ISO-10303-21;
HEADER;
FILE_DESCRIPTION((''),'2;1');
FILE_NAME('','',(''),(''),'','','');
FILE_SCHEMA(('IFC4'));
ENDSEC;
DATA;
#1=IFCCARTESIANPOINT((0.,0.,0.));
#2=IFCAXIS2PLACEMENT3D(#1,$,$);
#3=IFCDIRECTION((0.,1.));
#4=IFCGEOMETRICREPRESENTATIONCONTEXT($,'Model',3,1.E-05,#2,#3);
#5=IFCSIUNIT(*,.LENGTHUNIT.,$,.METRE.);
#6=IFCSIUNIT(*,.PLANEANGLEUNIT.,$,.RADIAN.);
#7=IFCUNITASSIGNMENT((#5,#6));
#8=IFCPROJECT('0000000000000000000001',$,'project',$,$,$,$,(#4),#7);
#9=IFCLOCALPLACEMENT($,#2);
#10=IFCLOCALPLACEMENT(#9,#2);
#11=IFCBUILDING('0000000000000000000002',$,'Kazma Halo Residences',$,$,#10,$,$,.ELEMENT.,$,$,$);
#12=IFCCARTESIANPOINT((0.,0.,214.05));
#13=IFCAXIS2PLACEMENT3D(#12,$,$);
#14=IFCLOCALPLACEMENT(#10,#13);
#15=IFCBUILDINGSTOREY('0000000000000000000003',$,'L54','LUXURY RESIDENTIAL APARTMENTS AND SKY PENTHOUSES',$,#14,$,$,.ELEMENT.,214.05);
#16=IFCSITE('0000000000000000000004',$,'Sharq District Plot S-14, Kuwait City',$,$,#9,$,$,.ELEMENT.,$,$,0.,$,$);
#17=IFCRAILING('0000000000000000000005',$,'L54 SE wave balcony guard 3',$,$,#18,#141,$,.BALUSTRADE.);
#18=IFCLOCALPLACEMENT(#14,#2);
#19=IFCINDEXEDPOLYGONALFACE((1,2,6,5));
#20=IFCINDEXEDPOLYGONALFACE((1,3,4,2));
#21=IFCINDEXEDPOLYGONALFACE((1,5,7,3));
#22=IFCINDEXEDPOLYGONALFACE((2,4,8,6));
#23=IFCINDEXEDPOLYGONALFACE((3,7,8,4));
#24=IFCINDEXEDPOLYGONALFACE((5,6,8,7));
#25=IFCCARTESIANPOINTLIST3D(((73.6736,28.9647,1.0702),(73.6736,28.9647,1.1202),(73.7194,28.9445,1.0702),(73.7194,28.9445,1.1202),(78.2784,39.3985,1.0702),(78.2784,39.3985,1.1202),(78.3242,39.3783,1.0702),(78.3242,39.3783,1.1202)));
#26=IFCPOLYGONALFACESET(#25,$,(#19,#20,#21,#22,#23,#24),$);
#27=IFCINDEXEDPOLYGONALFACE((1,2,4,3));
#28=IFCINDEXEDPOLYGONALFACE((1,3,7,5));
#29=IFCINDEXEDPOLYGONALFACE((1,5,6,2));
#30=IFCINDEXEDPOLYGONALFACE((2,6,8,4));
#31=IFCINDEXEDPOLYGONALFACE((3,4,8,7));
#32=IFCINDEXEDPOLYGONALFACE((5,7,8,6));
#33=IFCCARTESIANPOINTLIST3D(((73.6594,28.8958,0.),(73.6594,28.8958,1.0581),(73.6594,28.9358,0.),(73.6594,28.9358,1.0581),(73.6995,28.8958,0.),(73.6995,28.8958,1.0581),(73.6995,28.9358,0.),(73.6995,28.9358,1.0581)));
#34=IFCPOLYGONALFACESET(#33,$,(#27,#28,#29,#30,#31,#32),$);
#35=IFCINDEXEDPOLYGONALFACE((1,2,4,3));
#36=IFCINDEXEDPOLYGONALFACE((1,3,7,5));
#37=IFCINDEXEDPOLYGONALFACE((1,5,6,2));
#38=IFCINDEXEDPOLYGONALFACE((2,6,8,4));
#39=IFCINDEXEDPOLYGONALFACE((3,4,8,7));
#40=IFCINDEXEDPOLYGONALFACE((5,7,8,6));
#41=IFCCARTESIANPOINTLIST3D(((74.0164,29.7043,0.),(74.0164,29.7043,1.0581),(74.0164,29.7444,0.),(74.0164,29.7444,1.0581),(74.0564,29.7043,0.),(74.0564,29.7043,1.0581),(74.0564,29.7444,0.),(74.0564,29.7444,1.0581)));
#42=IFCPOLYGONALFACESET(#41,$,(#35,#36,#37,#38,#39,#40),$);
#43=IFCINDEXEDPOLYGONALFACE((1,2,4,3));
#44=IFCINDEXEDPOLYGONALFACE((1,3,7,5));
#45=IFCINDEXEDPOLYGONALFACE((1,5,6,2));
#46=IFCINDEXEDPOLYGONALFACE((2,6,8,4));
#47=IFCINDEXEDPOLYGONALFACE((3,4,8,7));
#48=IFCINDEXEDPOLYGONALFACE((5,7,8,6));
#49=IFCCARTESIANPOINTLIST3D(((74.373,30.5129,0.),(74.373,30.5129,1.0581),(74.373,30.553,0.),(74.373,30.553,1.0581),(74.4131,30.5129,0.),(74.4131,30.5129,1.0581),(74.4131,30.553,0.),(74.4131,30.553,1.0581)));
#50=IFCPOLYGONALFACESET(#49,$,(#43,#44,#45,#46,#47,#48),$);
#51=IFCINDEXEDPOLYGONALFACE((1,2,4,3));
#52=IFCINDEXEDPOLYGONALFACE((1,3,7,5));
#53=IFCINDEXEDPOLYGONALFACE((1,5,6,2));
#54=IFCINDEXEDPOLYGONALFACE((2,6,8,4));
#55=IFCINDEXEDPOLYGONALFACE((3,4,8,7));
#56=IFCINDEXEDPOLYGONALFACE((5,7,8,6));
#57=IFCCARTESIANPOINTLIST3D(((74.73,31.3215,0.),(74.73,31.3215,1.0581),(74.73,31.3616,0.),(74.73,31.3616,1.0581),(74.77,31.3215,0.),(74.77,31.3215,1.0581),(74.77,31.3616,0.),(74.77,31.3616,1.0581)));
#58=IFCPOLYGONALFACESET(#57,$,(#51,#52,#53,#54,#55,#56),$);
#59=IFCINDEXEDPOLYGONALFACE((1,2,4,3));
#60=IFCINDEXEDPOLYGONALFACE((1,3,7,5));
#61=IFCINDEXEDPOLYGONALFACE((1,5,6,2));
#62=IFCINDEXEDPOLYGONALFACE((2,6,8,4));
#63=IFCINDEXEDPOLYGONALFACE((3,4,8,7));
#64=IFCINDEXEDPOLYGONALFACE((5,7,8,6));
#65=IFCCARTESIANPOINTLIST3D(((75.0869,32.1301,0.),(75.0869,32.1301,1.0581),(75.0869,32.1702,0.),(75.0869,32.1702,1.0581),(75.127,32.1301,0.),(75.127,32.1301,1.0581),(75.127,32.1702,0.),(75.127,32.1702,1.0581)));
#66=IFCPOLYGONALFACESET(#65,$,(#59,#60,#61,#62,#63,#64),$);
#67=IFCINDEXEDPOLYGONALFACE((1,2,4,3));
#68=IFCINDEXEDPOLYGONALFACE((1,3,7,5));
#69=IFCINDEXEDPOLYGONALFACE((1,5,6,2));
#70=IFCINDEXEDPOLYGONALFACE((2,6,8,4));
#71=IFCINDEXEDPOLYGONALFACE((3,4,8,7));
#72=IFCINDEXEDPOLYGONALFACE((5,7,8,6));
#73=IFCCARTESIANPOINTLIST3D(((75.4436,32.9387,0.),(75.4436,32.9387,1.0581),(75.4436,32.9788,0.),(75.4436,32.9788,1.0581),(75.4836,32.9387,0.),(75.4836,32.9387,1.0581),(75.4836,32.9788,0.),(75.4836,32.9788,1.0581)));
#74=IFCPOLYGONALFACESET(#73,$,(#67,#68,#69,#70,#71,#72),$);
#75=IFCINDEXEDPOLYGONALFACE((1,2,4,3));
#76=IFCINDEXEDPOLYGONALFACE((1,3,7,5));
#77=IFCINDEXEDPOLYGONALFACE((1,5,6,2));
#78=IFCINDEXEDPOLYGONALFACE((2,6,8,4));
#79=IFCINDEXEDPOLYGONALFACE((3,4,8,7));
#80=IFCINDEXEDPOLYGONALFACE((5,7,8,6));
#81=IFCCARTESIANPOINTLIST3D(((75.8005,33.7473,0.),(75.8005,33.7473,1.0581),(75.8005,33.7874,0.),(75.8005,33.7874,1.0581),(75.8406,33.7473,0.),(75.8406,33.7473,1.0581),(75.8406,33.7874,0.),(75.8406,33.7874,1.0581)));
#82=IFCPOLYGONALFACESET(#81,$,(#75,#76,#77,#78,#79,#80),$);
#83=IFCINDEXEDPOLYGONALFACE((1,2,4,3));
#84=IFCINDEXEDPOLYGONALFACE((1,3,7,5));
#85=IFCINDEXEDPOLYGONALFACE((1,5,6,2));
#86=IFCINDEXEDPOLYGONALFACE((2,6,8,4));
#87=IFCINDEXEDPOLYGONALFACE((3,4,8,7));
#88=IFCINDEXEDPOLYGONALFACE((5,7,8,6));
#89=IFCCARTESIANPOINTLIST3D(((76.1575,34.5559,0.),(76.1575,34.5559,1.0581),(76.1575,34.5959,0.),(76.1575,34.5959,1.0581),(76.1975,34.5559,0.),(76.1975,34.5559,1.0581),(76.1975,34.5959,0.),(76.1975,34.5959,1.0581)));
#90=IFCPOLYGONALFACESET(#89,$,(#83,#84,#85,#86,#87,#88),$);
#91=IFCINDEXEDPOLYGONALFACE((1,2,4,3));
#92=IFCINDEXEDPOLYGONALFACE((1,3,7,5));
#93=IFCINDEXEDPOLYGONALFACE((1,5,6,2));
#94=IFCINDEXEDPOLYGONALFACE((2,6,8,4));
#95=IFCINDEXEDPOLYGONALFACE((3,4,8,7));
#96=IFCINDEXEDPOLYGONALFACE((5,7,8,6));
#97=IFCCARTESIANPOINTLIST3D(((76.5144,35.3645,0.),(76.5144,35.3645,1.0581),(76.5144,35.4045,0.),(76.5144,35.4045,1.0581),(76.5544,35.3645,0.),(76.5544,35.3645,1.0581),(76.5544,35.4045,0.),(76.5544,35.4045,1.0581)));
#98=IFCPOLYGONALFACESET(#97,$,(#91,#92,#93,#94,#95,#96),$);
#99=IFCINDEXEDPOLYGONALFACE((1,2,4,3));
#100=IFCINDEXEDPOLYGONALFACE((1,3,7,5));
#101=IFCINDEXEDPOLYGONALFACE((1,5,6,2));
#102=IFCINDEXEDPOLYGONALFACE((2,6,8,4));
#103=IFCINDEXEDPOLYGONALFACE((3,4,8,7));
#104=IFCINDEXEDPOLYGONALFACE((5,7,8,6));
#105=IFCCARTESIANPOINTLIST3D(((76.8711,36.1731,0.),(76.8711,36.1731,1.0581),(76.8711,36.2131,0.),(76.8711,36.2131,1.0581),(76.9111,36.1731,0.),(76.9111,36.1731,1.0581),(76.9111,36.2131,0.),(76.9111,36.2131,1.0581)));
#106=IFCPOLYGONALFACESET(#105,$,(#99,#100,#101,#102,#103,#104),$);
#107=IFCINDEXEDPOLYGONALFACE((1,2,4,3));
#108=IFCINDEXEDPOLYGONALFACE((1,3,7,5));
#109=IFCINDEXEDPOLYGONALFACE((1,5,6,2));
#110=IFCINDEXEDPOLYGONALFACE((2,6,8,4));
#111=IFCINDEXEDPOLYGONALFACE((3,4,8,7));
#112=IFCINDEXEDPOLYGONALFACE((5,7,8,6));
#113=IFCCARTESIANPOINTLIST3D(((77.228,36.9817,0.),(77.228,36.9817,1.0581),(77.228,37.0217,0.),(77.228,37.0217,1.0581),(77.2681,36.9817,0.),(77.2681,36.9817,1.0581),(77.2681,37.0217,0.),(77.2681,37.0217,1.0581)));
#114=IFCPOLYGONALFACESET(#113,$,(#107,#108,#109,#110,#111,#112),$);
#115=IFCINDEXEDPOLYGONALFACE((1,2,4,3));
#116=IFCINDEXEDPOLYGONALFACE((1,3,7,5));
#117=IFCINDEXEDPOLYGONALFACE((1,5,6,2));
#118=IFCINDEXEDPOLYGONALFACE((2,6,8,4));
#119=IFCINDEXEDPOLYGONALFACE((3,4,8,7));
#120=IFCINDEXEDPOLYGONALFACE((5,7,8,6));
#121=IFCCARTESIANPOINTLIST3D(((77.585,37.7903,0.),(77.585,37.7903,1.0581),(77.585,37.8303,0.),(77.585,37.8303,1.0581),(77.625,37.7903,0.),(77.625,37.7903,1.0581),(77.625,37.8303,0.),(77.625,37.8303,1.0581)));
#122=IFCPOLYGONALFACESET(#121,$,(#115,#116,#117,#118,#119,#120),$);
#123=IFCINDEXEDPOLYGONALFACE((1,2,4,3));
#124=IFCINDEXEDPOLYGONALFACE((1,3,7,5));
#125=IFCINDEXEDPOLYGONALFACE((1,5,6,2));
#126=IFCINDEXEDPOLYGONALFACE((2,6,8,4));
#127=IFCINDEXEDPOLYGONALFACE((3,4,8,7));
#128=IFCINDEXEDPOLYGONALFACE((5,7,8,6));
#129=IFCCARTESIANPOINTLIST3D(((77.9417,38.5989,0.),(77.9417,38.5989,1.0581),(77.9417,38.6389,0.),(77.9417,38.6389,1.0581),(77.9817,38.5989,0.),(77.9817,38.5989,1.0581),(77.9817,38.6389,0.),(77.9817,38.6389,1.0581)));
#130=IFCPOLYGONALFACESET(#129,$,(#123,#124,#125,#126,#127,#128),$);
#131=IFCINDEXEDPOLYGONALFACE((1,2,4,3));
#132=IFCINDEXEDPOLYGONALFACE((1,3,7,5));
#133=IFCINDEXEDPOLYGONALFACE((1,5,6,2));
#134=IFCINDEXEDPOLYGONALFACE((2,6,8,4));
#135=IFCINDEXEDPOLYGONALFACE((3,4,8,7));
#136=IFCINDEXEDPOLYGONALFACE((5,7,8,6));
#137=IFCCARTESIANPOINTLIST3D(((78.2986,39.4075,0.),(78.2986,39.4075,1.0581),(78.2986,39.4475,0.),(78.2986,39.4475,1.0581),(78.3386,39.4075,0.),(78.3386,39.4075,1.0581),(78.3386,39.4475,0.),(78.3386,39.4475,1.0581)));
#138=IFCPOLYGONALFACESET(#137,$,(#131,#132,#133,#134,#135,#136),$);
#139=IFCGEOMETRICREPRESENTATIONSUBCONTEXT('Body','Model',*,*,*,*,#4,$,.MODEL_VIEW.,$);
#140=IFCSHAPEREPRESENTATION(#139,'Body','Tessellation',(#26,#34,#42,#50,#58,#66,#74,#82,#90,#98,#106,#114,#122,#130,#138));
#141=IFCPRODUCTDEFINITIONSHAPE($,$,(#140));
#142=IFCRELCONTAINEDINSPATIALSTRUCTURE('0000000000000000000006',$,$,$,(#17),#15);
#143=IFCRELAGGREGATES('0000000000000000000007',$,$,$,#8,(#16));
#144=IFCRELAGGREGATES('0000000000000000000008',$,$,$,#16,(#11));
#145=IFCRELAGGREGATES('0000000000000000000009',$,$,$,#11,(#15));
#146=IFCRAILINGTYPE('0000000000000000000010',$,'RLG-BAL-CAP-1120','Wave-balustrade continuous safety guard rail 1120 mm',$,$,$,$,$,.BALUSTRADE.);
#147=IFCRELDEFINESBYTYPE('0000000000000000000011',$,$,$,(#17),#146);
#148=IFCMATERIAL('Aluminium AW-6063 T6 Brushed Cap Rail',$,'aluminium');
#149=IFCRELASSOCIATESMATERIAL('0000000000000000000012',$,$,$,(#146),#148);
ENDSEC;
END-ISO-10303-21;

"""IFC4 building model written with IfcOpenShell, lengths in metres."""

from ifc_helpers import new_model, si_unit, direction, frame, origin, origin_2d, place, context, subcontext, project, spatial, rectangle, extrude, material, type_object, element, save


model = new_model("IFC4")

# Units and contexts
model_context = context("Model", 3, precision=1e-05, world=origin(), true_north=direction((0.0, 1.0)))
body_context = subcontext(model_context, "Body", "Model", "MODEL_VIEW")
ifc_project = project(units=[si_unit("LENGTHUNIT", "METRE"), si_unit("PLANEANGLEUNIT", "RADIAN")], contexts=[model_context])

# Site, building, storey
site_placement = place(None, origin())
site = spatial("IfcSite", under=ifc_project, at=site_placement, Name="Sharq District Plot S-14, Kuwait City", CompositionType="ELEMENT", RefElevation=0.0)
building_placement = place(site_placement, origin())
building = spatial("IfcBuilding", under=site, at=building_placement, Name="Kazma Halo Residences", CompositionType="ELEMENT")
storey_placement = place(building_placement, frame((0.0, 0.0, 214.05)))
storey = spatial("IfcBuildingStorey", under=building, at=storey_placement, Name="L54", Description="LUXURY RESIDENTIAL APARTMENTS AND SKY PENTHOUSES", CompositionType="ELEMENT", Elevation=214.05)

# Railing
ifc_material_1 = material(Name="Aluminium AW-6063 T6 Brushed Cap Rail", Category="aluminium")
railing_type = type_object("IfcRailingType", Name="RLG-BAL-CAP-1120", Description="Wave-balustrade continuous safety guard rail 1120 mm", PredefinedType="BALUSTRADE", material=ifc_material_1)
railing_1_placement = place(storey_placement, frame((73.6794, 28.9158, 0.0)))
element("IfcRailing", 1, at=railing_1_placement, inside=storey, type_object=railing_type, Name="L54 SE wave balcony guard 3", PredefinedType="BALUSTRADE", context=body_context, shape_type="SweptSolid", body=[
    extrude(rectangle(XDim=0.05, YDim=0.05, at=origin_2d()), frame((0.0171, 0.0388, 1.0952), z_axis=(0.403759, 0.914865, 0.0), x_axis=(-0.914865, 0.403759, 0.0)), (0.0, 0.0, 1.0), 11.4048),
    extrude(rectangle(XDim=0.04, YDim=0.04, at=origin_2d()), origin(), (0.0, 0.0, 1.0), 1.0581),
    extrude(rectangle(XDim=0.04, YDim=0.04, at=origin_2d()), frame((0.3569, 0.8086, 0.0)), (0.0, 0.0, 1.0), 1.0581),
    extrude(rectangle(XDim=0.04, YDim=0.04, at=origin_2d()), frame((0.7136, 1.6172, 0.0)), (0.0, 0.0, 1.0), 1.0581),
    extrude(rectangle(XDim=0.04, YDim=0.04, at=origin_2d()), frame((1.0706, 2.4258, 0.0)), (0.0, 0.0, 1.0), 1.0581),
    extrude(rectangle(XDim=0.04, YDim=0.04, at=origin_2d()), frame((1.4275, 3.2344, 0.0)), (0.0, 0.0, 1.0), 1.0581),
    extrude(rectangle(XDim=0.04, YDim=0.04, at=origin_2d()), frame((1.7842, 4.043, 0.0)), (0.0, 0.0, 1.0), 1.0581),
    extrude(rectangle(XDim=0.04, YDim=0.04, at=origin_2d()), frame((2.1411, 4.8516, 0.0)), (0.0, 0.0, 1.0), 1.0581),
    extrude(rectangle(XDim=0.04, YDim=0.04, at=origin_2d()), frame((2.498, 5.6602, 0.0)), (0.0, 0.0, 1.0), 1.0581),
    extrude(rectangle(XDim=0.04, YDim=0.04, at=origin_2d()), frame((2.855, 6.4688, 0.0)), (0.0, 0.0, 1.0), 1.0581),
    extrude(rectangle(XDim=0.04, YDim=0.04, at=origin_2d()), frame((3.2117, 7.2773, 0.0)), (0.0, 0.0, 1.0), 1.0581),
    extrude(rectangle(XDim=0.04, YDim=0.04, at=origin_2d()), frame((3.5686, 8.0859, 0.0)), (0.0, 0.0, 1.0), 1.0581),
    extrude(rectangle(XDim=0.04, YDim=0.04, at=origin_2d()), frame((3.9255, 8.8945, 0.0)), (0.0, 0.0, 1.0), 1.0581),
    extrude(rectangle(XDim=0.04, YDim=0.04, at=origin_2d()), frame((4.2822, 9.7031, 0.0)), (0.0, 0.0, 1.0), 1.0581),
    extrude(rectangle(XDim=0.04, YDim=0.04, at=origin_2d()), frame((4.6392, 10.5117, 0.0)), (0.0, 0.0, 1.0), 1.0581),
])

save(model, "model.ifc")
